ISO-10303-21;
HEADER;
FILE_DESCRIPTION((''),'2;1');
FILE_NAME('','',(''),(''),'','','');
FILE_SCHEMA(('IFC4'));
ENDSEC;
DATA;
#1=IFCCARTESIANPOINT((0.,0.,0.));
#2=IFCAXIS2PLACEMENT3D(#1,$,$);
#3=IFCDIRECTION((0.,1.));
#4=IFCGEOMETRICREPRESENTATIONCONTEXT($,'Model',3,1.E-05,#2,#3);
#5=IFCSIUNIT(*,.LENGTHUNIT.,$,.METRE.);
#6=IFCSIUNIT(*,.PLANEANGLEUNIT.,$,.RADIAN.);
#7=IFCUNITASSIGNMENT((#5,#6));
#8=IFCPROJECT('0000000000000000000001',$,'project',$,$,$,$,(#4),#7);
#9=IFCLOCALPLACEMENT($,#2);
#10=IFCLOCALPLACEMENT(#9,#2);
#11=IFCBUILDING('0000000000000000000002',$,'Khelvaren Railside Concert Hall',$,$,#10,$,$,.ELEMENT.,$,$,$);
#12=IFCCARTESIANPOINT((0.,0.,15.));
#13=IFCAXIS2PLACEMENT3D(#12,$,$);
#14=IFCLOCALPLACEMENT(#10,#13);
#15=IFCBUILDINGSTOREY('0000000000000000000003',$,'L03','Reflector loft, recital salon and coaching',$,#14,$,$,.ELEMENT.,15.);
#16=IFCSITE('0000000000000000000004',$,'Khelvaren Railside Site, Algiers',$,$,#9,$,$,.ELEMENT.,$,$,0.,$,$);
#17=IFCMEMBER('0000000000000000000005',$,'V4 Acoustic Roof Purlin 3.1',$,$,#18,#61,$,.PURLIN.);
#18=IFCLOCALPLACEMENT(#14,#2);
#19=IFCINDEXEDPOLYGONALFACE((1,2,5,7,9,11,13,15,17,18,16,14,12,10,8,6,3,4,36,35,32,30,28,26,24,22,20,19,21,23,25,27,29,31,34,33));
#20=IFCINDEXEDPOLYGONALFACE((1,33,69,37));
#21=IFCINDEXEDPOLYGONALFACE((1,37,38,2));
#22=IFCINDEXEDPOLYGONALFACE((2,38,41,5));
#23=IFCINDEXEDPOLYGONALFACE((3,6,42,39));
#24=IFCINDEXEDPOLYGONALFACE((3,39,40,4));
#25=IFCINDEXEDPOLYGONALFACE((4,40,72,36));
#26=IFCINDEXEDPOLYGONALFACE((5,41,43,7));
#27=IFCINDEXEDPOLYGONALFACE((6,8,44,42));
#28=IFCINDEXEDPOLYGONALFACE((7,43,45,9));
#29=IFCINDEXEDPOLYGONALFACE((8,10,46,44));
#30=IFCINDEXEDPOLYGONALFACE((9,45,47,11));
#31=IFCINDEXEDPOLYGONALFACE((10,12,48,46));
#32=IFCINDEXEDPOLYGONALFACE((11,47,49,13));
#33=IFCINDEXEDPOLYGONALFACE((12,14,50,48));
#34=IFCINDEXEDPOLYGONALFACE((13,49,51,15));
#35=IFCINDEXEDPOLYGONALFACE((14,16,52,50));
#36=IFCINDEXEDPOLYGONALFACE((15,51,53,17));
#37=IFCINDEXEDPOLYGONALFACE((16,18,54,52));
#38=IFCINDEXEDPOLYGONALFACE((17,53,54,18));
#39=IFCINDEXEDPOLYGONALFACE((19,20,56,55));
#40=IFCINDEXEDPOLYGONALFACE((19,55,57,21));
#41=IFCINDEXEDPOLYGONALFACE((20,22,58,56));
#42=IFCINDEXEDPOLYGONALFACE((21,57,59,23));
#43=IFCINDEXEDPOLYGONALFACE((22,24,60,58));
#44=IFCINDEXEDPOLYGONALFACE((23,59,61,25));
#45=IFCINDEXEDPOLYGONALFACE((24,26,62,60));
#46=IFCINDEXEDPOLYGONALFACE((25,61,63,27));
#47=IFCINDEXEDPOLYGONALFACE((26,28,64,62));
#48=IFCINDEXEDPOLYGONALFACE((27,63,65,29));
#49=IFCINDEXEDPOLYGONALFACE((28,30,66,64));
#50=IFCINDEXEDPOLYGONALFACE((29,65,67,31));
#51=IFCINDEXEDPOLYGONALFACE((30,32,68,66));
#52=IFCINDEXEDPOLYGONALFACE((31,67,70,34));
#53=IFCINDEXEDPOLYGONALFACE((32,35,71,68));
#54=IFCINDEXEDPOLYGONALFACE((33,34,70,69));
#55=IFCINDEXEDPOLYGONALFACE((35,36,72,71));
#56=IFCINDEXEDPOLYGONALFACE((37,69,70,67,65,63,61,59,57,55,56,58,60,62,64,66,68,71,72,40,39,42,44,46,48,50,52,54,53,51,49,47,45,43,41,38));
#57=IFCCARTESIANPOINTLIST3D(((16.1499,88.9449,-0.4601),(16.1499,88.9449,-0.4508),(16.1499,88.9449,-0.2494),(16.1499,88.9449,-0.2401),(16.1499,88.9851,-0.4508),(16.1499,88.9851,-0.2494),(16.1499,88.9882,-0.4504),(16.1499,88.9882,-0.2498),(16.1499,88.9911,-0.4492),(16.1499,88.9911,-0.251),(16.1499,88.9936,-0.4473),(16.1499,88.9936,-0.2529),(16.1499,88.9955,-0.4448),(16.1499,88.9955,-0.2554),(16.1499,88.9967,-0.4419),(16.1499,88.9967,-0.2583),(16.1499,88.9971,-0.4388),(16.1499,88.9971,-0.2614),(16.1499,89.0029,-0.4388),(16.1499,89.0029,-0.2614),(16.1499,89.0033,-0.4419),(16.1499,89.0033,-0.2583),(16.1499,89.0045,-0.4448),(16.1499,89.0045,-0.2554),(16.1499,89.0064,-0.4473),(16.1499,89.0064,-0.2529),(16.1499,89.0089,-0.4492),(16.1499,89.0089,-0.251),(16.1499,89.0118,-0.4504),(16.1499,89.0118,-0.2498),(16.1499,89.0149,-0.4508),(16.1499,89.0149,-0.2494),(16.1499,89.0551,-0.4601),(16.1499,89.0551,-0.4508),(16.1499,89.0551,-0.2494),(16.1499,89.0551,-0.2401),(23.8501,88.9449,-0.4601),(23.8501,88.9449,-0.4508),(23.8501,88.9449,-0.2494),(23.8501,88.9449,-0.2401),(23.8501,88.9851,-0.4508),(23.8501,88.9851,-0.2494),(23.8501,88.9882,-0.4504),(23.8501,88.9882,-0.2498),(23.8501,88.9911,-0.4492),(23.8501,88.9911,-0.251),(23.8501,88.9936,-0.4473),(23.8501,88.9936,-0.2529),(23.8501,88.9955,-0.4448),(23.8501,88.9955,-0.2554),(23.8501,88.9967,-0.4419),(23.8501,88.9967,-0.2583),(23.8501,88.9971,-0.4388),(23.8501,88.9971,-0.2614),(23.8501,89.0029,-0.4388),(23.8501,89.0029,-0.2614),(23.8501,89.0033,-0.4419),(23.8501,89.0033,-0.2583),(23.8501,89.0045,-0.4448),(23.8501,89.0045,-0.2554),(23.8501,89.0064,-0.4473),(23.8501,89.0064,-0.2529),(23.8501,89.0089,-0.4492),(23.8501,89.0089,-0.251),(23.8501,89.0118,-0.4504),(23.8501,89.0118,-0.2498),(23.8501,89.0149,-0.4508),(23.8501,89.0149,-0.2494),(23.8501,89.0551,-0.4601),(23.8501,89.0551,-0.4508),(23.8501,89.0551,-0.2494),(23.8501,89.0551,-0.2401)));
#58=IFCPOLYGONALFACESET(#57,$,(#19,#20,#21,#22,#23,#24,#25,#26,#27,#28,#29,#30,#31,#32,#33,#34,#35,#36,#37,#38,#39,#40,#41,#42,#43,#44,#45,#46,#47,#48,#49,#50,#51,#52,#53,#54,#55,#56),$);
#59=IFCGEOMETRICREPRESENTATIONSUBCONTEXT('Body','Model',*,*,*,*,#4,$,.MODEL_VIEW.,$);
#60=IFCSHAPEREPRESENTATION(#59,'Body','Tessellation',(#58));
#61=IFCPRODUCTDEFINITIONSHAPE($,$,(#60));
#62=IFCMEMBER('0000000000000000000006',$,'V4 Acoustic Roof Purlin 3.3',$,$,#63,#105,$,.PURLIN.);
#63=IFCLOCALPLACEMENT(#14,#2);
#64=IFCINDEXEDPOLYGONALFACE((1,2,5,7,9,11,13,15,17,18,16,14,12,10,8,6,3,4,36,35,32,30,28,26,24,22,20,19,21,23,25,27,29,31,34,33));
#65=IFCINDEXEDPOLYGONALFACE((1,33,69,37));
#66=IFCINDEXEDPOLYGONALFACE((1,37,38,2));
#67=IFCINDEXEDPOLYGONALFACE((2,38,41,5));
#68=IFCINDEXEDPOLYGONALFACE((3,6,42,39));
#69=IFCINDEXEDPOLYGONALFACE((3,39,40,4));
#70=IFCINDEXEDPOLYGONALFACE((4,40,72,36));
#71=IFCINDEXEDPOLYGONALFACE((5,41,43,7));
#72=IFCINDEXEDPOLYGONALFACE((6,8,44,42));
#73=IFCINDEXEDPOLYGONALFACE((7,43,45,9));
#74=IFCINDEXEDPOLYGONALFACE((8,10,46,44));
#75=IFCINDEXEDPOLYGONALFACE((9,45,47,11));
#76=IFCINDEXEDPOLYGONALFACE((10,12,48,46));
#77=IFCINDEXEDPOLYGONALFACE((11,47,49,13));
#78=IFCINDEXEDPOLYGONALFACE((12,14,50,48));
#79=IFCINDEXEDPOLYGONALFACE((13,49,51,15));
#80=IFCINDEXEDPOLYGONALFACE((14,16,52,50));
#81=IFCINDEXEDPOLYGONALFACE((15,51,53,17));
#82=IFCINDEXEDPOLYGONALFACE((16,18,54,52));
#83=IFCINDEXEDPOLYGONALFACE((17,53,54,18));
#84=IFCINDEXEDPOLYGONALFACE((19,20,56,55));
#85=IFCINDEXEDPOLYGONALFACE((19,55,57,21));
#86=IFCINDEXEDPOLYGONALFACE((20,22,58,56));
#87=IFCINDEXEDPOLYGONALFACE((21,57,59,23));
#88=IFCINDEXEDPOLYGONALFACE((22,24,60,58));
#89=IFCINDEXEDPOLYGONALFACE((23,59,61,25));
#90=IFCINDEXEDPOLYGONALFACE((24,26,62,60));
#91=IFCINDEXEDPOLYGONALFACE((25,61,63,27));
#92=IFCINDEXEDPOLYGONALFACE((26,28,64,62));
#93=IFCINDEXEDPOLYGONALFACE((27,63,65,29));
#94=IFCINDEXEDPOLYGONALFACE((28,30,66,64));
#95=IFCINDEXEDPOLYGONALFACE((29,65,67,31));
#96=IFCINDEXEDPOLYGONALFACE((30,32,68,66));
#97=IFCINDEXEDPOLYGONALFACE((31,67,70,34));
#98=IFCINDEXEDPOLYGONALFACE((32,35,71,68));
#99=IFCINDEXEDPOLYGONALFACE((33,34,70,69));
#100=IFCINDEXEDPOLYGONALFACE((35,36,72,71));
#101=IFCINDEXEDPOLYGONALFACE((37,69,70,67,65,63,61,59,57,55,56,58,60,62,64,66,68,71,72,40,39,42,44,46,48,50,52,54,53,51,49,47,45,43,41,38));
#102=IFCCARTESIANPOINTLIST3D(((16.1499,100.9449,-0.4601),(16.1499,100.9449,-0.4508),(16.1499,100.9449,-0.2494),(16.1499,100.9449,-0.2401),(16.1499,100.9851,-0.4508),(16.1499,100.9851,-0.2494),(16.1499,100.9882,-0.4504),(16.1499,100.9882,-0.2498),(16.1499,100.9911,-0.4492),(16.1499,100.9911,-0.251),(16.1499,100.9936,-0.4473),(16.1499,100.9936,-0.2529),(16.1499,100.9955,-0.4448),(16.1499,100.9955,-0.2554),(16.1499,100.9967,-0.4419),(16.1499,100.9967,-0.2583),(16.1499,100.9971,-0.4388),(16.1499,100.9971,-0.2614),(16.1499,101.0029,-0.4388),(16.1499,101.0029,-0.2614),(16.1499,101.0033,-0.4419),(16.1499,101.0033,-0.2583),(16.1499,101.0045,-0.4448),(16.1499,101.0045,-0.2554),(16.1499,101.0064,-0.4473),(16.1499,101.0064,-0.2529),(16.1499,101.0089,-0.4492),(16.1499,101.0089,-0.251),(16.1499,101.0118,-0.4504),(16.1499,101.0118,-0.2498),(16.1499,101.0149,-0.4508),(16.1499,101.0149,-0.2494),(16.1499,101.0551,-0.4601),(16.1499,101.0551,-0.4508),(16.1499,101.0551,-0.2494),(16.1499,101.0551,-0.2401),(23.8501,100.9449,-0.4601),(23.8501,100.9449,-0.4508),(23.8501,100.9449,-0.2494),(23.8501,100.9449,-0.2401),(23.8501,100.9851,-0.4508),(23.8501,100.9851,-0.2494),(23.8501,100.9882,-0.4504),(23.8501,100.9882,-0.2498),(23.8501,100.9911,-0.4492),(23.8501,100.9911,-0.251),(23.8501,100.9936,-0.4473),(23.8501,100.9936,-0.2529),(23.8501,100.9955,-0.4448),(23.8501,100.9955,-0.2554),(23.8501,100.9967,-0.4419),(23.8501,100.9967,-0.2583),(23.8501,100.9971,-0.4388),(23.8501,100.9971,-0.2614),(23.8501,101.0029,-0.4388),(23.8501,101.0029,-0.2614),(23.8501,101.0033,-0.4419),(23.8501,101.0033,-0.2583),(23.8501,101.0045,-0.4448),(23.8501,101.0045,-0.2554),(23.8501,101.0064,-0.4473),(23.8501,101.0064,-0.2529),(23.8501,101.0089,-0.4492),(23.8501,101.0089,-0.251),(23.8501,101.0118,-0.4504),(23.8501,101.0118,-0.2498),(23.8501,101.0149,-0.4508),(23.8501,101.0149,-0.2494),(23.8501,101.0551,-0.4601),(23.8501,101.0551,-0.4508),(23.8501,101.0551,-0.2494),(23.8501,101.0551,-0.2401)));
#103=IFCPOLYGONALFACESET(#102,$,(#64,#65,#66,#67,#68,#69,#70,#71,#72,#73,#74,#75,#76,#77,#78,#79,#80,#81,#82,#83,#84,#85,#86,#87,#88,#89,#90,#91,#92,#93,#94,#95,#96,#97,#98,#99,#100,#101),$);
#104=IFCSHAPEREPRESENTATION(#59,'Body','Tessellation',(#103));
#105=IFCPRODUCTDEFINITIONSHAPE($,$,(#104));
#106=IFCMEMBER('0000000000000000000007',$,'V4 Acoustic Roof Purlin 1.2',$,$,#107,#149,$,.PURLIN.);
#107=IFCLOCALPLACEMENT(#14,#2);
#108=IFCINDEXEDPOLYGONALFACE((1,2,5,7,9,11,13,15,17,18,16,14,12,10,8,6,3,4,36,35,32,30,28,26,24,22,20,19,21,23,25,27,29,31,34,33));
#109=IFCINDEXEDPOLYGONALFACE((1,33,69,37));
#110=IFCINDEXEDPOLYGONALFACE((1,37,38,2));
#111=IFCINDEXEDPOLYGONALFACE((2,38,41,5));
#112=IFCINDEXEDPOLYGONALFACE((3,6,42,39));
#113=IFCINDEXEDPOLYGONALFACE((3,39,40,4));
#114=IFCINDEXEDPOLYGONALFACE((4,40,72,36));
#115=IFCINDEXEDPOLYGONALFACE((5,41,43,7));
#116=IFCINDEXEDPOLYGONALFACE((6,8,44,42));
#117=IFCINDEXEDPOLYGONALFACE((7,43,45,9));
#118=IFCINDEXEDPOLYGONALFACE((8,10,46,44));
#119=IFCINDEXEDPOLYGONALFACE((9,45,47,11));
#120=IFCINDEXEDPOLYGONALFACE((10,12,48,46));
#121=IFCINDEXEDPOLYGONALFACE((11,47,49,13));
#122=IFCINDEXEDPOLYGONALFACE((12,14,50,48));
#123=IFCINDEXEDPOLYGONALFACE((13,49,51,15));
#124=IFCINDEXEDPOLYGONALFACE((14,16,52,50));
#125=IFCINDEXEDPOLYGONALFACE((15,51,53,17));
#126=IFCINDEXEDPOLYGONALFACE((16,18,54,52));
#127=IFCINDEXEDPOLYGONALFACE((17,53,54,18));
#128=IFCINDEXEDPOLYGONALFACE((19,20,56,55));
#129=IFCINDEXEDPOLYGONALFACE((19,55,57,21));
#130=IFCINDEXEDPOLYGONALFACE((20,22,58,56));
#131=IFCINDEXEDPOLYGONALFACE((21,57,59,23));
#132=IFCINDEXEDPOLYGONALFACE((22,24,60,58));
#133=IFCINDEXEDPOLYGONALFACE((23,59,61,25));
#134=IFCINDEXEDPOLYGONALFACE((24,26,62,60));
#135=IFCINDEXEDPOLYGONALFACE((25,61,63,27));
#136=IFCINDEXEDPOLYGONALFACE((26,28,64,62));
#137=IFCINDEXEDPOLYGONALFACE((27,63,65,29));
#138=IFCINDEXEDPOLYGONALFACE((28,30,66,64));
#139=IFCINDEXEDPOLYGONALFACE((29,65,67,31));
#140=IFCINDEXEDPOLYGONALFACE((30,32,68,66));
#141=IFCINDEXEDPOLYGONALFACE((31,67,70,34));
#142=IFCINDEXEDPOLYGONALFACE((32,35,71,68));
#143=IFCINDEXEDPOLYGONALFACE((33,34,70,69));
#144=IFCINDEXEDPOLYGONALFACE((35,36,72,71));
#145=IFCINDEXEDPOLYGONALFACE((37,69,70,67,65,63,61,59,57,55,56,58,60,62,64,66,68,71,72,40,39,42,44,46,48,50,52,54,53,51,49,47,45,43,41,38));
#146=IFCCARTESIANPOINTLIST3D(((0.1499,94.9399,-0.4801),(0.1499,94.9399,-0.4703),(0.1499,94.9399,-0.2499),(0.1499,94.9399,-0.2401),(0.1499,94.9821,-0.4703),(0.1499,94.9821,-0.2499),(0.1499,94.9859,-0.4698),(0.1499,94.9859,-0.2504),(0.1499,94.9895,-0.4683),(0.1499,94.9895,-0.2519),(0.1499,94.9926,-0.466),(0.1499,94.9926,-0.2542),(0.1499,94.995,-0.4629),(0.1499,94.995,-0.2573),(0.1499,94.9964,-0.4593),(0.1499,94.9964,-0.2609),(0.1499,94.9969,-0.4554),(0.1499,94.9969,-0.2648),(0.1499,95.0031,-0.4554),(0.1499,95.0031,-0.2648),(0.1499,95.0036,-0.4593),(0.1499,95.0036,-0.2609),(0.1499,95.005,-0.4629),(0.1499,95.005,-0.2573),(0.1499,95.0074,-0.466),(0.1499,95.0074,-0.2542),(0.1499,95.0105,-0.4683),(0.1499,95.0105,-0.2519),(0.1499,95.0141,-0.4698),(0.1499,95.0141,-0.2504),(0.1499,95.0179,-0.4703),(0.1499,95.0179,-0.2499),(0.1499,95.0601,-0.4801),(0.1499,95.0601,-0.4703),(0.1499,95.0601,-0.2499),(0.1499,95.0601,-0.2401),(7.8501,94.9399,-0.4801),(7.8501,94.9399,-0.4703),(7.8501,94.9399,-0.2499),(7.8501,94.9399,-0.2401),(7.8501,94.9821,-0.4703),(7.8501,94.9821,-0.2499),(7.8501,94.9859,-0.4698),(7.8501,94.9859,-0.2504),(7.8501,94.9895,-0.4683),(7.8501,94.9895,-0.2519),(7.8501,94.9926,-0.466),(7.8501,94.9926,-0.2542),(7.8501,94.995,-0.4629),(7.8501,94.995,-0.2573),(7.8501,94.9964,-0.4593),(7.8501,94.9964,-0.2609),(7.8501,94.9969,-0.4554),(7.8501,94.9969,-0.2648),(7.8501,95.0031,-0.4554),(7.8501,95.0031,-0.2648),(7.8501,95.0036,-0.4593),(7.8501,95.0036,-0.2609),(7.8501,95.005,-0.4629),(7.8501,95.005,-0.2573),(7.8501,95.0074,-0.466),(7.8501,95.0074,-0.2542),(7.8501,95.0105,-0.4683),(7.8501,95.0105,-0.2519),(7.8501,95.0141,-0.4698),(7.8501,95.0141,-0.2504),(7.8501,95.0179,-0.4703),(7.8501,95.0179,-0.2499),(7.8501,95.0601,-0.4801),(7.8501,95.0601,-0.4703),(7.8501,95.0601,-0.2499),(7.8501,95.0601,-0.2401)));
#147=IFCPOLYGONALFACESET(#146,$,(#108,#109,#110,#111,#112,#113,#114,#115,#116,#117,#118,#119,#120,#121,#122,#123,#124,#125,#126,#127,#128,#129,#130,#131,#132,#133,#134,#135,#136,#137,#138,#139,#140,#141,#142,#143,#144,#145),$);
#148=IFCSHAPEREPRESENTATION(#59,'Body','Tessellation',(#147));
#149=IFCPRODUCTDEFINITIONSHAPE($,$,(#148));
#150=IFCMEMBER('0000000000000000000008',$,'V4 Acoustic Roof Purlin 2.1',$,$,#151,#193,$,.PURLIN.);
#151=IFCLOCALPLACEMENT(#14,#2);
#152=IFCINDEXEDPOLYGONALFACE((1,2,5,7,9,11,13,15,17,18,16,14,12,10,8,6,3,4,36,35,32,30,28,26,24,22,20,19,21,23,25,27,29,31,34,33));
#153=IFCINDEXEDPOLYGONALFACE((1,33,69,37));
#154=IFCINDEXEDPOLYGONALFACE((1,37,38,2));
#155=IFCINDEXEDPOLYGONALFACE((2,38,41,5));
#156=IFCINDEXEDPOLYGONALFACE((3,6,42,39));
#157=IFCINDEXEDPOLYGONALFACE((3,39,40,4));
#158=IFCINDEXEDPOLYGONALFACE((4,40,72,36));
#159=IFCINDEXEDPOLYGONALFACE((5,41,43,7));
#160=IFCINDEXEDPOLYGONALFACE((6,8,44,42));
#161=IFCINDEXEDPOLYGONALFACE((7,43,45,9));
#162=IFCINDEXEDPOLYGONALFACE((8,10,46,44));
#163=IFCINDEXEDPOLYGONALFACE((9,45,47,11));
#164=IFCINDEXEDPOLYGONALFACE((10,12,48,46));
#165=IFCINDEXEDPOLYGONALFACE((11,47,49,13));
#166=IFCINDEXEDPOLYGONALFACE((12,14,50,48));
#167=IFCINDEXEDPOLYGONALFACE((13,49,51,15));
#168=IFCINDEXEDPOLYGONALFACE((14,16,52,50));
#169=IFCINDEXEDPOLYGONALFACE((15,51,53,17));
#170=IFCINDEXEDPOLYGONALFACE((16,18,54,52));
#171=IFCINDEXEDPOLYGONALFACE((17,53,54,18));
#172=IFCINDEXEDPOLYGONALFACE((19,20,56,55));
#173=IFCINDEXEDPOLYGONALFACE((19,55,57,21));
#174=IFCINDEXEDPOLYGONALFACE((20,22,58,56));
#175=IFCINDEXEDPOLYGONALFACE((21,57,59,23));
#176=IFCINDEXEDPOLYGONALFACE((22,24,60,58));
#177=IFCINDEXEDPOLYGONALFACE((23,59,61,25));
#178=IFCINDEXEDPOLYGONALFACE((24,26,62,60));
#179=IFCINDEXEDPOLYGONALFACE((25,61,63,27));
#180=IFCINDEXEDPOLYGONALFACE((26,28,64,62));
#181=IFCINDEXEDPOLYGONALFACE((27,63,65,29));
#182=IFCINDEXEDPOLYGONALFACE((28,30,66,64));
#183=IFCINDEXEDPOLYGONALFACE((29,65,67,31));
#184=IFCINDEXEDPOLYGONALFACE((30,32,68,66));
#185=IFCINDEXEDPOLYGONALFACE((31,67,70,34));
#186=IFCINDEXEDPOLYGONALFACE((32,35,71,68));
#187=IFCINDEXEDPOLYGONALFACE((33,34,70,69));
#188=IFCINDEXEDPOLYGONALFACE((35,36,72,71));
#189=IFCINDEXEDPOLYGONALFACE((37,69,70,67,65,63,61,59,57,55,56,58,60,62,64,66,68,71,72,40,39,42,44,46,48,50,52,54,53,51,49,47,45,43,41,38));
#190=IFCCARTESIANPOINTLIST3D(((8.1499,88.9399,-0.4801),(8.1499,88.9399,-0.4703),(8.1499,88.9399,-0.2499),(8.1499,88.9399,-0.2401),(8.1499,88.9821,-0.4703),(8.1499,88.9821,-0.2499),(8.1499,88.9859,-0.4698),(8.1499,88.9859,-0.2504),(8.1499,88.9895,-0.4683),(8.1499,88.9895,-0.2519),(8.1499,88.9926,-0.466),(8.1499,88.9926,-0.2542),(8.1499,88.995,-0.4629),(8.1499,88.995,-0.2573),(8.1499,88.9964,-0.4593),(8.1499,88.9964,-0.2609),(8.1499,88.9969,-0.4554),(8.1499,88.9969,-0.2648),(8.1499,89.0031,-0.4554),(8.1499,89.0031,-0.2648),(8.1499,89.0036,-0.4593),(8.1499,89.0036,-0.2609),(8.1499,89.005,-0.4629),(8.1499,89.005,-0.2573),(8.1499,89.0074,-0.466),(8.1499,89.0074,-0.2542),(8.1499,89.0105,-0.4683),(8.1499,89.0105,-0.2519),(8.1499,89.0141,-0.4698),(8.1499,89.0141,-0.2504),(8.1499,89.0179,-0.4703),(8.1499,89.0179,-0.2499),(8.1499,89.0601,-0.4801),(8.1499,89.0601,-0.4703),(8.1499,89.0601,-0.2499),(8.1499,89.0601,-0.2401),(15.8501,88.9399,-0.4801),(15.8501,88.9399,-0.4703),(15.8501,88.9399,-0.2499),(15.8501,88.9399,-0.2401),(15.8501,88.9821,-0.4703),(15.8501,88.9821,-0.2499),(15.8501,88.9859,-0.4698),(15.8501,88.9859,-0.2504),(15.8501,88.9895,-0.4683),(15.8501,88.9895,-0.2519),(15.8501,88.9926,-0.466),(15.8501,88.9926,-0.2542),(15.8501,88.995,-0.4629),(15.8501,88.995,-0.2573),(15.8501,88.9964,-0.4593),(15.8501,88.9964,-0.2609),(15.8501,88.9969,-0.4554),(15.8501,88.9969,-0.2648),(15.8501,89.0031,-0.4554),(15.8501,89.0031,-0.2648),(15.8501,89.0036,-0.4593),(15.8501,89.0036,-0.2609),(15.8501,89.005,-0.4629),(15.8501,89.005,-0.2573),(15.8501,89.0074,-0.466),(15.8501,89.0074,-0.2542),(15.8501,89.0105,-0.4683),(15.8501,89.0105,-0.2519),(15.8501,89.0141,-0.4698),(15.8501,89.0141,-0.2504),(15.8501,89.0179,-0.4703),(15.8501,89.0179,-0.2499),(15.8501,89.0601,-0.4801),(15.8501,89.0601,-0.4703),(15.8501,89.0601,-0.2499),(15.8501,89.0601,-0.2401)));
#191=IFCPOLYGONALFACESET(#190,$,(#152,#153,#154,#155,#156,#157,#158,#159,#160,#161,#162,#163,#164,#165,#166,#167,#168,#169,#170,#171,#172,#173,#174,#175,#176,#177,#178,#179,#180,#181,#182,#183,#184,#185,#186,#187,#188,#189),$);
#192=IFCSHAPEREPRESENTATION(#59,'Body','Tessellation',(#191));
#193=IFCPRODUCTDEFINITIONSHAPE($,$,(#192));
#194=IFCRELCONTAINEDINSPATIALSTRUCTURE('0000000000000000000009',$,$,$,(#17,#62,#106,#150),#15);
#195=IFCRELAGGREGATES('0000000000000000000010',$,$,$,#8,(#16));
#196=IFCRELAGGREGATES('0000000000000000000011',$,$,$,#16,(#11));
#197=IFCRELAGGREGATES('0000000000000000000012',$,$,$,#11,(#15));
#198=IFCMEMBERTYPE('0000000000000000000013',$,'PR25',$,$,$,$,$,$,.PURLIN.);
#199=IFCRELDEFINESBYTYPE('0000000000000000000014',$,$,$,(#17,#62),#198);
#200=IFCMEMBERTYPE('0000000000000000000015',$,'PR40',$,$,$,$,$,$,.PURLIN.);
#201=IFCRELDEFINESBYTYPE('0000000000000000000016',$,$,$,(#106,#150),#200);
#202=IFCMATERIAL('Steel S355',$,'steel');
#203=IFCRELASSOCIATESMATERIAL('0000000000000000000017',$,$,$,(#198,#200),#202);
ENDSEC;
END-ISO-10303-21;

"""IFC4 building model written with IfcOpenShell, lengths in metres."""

from ifc_helpers import new_model, si_unit, direction, frame, origin, origin_2d, place, context, subcontext, project, spatial, i_section, extrude, material, material_profile, profile_set, type_object, element, save


model = new_model("IFC4")

# Units and contexts
model_context = context("Model", 3, precision=1e-05, world=origin(), true_north=direction((0.0, 1.0)))
body_context = subcontext(model_context, "Body", "Model", "MODEL_VIEW")
ifc_project = project(units=[si_unit("LENGTHUNIT", "METRE"), si_unit("PLANEANGLEUNIT", "RADIAN")], contexts=[model_context])

# Site, building, storey
site_placement = place(None, origin())
site = spatial("IfcSite", under=ifc_project, at=site_placement, Name="Khelvaren Railside Site, Algiers", CompositionType="ELEMENT", RefElevation=0.0)
building_placement = place(site_placement, origin())
building = spatial("IfcBuilding", under=site, at=building_placement, Name="Khelvaren Railside Concert Hall", CompositionType="ELEMENT")
storey_placement = place(building_placement, frame((0.0, 0.0, 15.0)))
storey = spatial("IfcBuildingStorey", under=building, at=storey_placement, Name="L03", Description="Reflector loft, recital salon and coaching", CompositionType="ELEMENT", Elevation=15.0)

# Shared definitions
ifc_material_1 = material(Name="Steel S355", Category="steel")

# Members
ifc_material_profile_1 = material_profile(ifc_material_1, i_section(OverallWidth=0.1101, OverallDepth=0.22, WebThickness=0.0059, FlangeThickness=0.0093, FilletRadius=0.012, at=origin_2d()), Name="IPE 220")
ifc_profile_set_1 = profile_set([ifc_material_profile_1], Name="Steel S355")
member_type_1 = type_object("IfcMemberType", Name="PR25", PredefinedType="PURLIN", material=ifc_profile_set_1)
for number, where, z_axis, x_axis, name in (
    (1, (16.1499, 89.0, -0.3501), (1.0, 0.0, 0.0), (0.0, 1.0, 0.0), "V4 Acoustic Roof Purlin 3.1"),
    (2, (16.1499, 101.0, -0.3501), (1.0, 0.0, 0.0), (0.0, 1.0, 0.0), "V4 Acoustic Roof Purlin 3.3"),
):
    element("IfcMember", number, at=place(storey_placement, frame(where, z_axis=z_axis, x_axis=x_axis)), inside=storey, type_object=member_type_1, Name=name, PredefinedType="PURLIN", context=body_context, shape_type="SweptSolid", body=[
        extrude(i_section(OverallWidth=0.1101, OverallDepth=0.22, WebThickness=0.0059, FlangeThickness=0.0093, FilletRadius=0.012, at=origin_2d()), origin(), (0.0, 0.0, 1.0), 7.7002),
    ])
ifc_material_profile_2 = material_profile(ifc_material_1, i_section(OverallWidth=0.1201, OverallDepth=0.24, WebThickness=0.0061, FlangeThickness=0.0098, FilletRadius=0.0149, at=origin_2d()), Name="IPE 240")
ifc_profile_set_2 = profile_set([ifc_material_profile_2], Name="Steel S355")
member_type_2 = type_object("IfcMemberType", Name="PR40", PredefinedType="PURLIN", material=ifc_profile_set_2)
for number, where, z_axis, x_axis, name in (
    (3, (0.1499, 95.0, -0.3601), (1.0, 0.0, 0.0), (0.0, 1.0, 0.0), "V4 Acoustic Roof Purlin 1.2"),
    (4, (8.1499, 89.0, -0.3601), (1.0, 0.0, 0.0), (0.0, 1.0, 0.0), "V4 Acoustic Roof Purlin 2.1"),
):
    element("IfcMember", number, at=place(storey_placement, frame(where, z_axis=z_axis, x_axis=x_axis)), inside=storey, type_object=member_type_2, Name=name, PredefinedType="PURLIN", context=body_context, shape_type="SweptSolid", body=[
        extrude(i_section(OverallWidth=0.1201, OverallDepth=0.24, WebThickness=0.0061, FlangeThickness=0.0098, FilletRadius=0.0149, at=origin_2d()), origin(), (0.0, 0.0, 1.0), 7.7002),
    ])

save(model, "model.ifc")
